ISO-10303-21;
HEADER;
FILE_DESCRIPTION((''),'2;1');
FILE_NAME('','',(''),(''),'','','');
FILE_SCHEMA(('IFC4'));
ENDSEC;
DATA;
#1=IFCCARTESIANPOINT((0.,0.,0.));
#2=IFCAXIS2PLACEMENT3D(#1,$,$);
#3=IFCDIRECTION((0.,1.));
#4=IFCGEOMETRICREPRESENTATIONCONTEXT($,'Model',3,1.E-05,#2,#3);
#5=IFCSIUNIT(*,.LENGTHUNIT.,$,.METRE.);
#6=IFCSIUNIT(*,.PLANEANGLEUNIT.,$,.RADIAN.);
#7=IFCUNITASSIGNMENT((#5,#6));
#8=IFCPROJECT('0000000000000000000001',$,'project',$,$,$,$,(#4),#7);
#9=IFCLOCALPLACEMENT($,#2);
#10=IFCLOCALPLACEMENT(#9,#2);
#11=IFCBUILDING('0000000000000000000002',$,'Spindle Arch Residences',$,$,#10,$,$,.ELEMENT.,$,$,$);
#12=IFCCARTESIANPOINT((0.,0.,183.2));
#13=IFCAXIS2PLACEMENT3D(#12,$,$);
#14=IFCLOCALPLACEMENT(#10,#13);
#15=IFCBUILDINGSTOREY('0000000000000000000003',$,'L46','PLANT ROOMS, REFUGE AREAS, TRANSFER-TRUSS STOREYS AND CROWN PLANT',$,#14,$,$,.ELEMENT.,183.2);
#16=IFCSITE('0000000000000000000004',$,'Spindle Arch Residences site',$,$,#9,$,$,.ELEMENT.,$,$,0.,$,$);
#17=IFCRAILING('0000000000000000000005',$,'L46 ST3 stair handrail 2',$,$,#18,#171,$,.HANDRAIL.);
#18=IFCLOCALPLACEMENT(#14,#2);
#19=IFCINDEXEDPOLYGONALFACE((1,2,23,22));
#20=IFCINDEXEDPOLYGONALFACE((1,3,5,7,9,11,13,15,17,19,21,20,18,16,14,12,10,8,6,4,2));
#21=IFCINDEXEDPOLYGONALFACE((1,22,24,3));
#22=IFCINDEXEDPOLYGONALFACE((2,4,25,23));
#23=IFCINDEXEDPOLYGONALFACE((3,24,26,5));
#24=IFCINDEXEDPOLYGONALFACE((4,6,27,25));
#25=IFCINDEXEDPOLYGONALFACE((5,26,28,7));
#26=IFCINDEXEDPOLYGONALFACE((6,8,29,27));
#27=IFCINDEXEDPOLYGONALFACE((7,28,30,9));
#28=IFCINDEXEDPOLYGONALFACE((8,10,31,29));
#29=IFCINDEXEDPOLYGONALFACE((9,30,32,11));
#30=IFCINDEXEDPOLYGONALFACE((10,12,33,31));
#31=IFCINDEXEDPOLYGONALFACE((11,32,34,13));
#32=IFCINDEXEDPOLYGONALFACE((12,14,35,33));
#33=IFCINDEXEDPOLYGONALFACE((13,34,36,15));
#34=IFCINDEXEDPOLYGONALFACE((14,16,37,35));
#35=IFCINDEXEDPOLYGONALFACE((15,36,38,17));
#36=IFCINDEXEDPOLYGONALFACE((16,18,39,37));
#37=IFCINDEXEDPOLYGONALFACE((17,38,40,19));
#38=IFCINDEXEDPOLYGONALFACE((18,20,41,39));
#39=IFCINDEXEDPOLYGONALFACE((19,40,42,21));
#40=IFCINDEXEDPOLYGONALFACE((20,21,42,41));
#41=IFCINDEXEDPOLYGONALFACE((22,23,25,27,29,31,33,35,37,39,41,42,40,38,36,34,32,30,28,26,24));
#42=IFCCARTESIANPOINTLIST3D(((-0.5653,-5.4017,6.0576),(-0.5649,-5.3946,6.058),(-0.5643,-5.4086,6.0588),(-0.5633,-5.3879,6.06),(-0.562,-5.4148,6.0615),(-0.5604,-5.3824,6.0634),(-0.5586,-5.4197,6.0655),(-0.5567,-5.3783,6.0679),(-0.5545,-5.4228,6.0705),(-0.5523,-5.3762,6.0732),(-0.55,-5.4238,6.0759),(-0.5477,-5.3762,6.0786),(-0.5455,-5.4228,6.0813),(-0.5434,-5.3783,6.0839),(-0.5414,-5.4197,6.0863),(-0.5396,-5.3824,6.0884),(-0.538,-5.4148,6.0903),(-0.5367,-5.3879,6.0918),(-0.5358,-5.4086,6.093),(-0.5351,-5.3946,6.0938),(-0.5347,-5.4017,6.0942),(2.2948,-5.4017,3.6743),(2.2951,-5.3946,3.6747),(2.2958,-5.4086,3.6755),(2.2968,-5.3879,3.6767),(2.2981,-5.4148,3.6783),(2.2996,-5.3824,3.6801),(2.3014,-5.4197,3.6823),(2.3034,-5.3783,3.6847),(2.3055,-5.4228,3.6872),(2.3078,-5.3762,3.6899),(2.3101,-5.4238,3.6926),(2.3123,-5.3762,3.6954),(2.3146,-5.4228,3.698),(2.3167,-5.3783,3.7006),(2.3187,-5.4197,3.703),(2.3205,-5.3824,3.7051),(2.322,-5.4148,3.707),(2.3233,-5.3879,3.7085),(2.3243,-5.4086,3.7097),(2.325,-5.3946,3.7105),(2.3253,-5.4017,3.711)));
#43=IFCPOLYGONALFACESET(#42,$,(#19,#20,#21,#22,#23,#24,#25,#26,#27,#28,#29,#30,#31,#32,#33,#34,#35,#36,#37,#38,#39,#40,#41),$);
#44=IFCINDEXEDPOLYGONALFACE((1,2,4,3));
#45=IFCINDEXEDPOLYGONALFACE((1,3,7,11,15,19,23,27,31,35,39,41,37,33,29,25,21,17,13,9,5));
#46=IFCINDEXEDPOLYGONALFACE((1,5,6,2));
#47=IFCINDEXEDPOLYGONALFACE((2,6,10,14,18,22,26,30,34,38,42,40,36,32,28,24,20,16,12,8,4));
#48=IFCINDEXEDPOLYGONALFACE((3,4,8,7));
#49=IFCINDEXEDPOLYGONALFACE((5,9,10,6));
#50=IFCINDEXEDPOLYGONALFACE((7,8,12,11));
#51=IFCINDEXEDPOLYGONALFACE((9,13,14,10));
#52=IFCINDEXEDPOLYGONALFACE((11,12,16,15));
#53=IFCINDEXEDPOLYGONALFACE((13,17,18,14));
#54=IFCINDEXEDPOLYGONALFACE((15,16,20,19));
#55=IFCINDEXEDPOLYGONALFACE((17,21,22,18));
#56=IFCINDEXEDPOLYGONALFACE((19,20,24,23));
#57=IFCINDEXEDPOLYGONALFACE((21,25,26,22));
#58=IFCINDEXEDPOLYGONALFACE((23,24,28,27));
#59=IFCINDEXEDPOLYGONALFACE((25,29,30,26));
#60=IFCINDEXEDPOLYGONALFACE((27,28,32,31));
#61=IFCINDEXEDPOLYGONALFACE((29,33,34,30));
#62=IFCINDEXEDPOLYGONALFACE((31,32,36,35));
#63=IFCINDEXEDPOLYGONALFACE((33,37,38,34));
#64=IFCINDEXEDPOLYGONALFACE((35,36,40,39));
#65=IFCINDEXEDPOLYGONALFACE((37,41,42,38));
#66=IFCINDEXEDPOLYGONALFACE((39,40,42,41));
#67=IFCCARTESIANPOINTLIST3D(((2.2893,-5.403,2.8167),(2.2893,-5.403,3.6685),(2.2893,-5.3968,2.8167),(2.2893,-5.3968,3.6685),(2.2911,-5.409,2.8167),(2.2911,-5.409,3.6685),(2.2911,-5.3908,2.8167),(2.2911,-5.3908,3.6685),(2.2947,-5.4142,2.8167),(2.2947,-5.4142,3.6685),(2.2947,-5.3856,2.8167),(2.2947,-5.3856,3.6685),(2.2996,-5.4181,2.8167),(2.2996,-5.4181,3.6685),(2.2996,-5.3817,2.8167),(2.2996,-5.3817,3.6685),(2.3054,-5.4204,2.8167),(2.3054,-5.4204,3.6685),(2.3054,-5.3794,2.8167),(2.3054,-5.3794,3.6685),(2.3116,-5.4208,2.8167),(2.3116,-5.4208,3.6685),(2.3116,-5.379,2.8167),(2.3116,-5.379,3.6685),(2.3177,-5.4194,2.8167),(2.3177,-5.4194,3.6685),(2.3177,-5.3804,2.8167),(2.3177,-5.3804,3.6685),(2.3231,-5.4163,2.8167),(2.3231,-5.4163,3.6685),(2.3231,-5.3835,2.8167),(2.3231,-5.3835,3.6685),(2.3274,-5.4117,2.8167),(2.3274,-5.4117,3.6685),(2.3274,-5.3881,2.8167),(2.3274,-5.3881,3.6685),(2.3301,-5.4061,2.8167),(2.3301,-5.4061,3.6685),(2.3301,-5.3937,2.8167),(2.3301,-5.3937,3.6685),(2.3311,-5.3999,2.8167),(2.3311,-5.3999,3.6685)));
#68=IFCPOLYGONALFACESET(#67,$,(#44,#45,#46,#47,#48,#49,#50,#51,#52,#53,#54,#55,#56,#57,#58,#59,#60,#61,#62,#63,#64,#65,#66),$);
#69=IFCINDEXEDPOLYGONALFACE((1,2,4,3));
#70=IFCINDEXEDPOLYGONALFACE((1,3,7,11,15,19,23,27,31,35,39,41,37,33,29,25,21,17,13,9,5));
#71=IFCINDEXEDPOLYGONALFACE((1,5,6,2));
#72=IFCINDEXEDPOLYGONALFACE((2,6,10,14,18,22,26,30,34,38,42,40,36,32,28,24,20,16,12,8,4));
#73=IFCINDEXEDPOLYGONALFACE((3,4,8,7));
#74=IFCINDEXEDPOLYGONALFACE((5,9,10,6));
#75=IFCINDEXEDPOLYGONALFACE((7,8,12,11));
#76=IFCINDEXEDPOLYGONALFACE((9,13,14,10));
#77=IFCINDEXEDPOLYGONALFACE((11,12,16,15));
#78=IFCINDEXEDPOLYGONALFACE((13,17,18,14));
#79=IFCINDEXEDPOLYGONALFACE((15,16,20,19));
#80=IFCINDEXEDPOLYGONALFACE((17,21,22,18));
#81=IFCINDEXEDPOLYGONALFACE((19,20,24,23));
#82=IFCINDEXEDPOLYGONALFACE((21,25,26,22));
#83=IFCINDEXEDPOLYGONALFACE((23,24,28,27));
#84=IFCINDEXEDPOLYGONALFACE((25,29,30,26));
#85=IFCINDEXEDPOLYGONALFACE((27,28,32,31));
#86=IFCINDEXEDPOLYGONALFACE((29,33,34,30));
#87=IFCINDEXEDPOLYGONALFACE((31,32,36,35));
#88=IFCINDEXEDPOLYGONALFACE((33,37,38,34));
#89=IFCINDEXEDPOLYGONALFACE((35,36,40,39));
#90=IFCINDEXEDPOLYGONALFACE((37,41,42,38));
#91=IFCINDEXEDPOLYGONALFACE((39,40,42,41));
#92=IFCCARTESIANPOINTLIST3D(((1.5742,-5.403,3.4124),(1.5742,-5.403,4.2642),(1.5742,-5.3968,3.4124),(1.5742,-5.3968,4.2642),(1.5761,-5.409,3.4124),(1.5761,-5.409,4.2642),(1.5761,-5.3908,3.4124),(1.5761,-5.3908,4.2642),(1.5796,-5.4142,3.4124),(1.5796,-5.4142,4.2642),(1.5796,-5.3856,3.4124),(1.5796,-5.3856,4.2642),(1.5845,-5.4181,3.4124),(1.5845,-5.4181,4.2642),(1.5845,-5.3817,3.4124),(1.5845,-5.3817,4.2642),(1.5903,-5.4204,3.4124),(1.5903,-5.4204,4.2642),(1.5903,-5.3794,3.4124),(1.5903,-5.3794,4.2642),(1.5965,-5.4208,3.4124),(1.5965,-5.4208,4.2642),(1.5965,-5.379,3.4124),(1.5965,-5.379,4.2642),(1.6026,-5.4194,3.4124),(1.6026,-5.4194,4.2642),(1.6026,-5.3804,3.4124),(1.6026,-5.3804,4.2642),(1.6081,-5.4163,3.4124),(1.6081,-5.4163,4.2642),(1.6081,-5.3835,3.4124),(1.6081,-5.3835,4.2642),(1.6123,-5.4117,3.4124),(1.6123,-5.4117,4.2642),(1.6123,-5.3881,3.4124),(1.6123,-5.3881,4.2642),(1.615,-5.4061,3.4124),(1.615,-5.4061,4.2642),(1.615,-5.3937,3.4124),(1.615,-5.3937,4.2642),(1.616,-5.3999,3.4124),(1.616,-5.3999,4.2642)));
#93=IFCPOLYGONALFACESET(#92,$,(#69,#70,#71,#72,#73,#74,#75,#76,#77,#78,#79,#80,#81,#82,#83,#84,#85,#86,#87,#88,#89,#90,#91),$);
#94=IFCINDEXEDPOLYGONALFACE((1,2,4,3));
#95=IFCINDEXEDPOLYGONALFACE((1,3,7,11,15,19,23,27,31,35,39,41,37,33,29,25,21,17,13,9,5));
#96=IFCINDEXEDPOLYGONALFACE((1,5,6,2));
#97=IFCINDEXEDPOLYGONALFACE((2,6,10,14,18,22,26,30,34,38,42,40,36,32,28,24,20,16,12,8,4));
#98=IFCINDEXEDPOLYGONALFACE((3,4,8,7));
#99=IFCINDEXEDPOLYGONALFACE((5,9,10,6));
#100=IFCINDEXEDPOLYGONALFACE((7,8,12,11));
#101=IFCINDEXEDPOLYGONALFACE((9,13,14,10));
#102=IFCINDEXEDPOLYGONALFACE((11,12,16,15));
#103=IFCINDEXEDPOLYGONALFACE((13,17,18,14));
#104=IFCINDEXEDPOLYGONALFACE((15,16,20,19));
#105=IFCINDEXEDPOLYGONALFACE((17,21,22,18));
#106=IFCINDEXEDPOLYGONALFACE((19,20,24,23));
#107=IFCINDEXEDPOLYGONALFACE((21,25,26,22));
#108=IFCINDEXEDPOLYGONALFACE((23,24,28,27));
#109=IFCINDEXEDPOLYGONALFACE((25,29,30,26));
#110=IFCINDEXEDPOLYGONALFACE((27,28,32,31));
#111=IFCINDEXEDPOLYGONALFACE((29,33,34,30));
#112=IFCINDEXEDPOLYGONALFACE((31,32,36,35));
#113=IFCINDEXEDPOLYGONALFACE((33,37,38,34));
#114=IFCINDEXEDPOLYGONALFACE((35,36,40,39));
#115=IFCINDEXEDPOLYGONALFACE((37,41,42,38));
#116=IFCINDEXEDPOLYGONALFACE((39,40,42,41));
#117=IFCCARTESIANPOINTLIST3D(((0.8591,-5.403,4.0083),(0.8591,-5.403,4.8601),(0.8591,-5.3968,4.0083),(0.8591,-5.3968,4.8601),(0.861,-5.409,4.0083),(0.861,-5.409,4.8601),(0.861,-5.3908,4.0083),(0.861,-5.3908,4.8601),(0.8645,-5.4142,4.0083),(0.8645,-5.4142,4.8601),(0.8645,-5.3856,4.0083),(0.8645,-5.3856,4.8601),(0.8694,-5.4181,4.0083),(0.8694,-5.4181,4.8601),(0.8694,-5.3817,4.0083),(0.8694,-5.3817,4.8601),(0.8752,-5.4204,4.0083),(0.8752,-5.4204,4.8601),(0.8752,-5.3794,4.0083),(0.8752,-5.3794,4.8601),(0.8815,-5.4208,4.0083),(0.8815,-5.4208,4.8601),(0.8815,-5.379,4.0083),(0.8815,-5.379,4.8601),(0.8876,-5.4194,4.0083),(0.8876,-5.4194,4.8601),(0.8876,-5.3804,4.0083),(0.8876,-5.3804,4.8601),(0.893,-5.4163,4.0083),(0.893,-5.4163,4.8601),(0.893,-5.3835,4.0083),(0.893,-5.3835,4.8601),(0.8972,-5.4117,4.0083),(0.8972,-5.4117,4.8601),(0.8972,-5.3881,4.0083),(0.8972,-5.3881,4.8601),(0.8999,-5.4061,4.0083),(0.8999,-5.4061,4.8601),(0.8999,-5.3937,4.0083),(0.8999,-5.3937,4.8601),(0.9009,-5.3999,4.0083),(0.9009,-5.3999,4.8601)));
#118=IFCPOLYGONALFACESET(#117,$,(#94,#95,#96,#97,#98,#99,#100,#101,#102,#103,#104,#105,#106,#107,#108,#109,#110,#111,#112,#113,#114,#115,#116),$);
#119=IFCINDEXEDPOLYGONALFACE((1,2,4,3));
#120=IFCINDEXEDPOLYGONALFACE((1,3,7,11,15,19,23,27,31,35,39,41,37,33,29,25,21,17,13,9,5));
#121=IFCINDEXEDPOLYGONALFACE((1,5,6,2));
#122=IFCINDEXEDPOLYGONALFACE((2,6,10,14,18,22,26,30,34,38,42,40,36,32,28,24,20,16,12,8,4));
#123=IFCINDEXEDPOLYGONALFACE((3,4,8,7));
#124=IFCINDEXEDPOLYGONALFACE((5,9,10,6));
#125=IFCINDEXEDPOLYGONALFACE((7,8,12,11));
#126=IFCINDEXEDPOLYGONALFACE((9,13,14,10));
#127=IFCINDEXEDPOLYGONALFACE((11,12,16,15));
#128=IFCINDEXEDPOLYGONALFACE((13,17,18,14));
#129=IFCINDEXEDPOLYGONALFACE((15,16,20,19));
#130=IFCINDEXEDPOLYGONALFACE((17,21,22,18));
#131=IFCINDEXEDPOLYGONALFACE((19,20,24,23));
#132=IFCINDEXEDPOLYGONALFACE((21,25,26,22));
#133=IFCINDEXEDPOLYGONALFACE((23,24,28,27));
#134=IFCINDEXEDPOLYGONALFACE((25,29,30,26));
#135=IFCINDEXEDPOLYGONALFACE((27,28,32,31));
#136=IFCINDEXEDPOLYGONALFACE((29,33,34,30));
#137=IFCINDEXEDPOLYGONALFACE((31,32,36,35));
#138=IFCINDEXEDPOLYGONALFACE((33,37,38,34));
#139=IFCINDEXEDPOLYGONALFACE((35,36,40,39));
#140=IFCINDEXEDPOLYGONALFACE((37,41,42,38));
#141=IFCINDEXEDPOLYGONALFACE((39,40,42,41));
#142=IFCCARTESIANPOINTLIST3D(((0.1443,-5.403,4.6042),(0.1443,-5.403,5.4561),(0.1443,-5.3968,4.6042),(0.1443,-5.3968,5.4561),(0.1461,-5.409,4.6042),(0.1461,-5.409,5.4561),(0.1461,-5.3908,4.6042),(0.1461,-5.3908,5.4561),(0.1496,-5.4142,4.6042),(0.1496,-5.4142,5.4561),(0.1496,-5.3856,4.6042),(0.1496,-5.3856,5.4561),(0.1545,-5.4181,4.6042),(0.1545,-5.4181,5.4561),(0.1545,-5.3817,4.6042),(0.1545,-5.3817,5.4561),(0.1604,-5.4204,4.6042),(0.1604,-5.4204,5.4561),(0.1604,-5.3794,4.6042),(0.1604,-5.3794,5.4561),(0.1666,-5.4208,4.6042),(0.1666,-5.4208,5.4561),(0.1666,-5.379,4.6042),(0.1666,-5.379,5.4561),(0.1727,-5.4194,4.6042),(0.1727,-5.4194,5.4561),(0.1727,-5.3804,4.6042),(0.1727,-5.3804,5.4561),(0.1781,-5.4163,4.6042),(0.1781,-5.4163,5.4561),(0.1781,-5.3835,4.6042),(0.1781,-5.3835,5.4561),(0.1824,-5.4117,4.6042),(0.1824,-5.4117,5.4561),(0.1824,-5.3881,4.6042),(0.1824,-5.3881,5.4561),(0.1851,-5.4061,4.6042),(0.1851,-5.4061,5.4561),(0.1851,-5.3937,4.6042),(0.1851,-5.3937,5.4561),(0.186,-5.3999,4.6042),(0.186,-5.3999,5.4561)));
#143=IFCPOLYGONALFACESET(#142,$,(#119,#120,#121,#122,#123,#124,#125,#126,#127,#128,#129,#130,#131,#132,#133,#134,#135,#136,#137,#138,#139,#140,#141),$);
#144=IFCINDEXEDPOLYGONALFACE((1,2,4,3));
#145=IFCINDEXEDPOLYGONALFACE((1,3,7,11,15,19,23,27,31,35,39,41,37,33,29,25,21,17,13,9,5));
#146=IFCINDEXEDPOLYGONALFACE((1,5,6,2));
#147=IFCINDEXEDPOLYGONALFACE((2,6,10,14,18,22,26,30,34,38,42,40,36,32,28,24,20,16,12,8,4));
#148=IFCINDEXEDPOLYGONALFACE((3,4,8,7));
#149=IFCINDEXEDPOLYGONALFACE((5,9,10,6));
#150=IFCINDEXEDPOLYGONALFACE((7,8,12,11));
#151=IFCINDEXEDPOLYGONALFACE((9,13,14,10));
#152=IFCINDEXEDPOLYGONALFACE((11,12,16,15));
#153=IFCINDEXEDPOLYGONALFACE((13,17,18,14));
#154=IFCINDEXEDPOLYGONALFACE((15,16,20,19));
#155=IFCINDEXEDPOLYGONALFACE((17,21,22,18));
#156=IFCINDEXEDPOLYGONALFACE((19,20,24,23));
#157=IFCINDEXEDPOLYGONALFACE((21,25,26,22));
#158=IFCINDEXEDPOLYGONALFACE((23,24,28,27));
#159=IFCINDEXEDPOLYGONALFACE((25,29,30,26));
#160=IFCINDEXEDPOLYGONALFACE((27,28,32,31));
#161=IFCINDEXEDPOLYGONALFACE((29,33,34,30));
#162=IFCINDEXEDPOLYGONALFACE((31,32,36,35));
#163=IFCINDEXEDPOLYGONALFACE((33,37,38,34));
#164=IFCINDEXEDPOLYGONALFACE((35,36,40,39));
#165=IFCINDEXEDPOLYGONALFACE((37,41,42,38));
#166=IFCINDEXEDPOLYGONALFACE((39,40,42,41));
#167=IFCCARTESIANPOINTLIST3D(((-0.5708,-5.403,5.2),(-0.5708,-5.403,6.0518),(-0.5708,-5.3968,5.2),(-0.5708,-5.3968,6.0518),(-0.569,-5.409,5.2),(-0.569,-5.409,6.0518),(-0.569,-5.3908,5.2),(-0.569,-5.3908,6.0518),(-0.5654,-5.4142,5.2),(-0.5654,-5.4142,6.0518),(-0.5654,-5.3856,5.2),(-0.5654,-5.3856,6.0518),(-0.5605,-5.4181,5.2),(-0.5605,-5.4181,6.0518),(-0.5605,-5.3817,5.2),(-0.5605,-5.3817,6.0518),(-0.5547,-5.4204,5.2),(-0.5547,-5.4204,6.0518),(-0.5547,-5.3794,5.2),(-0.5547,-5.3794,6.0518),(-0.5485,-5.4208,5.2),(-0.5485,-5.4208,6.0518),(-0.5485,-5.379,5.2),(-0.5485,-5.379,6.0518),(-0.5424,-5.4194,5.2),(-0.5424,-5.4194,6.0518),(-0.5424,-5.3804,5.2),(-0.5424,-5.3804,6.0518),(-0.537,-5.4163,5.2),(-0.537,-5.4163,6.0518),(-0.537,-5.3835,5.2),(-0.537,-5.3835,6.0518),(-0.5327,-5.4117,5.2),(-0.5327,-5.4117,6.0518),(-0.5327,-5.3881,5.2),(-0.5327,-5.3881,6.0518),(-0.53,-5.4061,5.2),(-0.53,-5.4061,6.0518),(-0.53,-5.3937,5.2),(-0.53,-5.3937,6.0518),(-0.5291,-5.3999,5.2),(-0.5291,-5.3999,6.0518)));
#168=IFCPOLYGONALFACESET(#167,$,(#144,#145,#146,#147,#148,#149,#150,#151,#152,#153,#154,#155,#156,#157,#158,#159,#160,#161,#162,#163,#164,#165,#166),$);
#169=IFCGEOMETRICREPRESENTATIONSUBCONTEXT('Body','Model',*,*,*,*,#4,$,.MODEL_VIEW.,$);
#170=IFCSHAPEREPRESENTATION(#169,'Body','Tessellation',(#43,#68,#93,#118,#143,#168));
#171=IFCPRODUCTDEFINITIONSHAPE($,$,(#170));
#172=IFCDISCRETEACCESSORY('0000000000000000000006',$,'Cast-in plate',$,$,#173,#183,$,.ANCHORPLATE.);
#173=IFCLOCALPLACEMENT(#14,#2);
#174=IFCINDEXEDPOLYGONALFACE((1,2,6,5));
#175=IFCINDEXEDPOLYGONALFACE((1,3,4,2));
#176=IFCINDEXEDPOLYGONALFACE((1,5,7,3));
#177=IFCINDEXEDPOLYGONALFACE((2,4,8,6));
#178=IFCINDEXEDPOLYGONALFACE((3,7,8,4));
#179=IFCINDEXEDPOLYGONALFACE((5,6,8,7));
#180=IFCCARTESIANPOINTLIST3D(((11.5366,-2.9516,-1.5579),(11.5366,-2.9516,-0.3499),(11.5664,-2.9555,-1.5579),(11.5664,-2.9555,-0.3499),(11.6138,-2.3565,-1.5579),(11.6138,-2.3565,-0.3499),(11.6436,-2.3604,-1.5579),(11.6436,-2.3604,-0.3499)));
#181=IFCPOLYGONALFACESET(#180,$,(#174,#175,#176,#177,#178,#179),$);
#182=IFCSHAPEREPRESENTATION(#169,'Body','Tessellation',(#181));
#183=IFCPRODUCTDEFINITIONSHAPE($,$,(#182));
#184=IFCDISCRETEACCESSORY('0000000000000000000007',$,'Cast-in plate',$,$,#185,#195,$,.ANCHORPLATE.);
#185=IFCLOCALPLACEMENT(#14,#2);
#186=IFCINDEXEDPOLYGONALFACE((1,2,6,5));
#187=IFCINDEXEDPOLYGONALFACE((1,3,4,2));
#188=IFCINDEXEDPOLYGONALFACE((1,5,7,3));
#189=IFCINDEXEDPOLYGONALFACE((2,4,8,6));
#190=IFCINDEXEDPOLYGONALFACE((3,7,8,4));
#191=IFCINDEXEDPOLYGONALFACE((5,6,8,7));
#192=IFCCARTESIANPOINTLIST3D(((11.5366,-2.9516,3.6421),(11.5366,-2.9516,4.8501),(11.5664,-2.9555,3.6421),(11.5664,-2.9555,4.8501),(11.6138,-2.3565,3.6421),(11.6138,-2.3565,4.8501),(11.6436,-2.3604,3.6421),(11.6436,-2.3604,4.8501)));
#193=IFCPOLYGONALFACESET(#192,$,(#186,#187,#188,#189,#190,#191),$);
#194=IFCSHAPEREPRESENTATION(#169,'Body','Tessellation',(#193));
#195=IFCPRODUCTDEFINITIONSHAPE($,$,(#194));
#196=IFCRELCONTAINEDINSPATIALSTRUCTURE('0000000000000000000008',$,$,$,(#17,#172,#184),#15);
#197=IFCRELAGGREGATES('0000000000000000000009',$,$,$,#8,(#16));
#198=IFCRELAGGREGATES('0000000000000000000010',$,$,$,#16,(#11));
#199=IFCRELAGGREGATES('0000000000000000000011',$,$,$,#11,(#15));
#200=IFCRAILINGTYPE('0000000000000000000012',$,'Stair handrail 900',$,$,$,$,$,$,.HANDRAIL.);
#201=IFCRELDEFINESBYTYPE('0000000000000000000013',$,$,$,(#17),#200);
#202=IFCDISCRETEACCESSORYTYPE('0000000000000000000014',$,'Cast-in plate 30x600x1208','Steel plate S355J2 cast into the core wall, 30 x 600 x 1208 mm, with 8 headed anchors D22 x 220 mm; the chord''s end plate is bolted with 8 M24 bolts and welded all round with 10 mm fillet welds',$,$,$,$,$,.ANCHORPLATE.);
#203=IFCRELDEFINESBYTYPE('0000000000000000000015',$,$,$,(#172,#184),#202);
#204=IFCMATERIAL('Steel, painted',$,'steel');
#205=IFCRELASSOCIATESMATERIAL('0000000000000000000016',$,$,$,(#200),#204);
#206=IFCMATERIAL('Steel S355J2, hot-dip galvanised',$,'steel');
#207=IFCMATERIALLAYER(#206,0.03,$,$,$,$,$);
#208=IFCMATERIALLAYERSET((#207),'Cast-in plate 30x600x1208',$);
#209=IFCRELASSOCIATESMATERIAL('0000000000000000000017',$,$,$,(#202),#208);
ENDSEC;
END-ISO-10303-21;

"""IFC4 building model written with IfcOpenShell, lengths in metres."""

from ifc_helpers import new_model, si_unit, direction, frame, origin, origin_2d, place, context, subcontext, project, spatial, rectangle, circle, extrude, material, layer, layer_set, type_object, element, save


model = new_model("IFC4")

# Units and contexts
model_context = context("Model", 3, precision=1e-05, world=origin(), true_north=direction((0.0, 1.0)))
body_context = subcontext(model_context, "Body", "Model", "MODEL_VIEW")
ifc_project = project(units=[si_unit("LENGTHUNIT", "METRE"), si_unit("PLANEANGLEUNIT", "RADIAN")], contexts=[model_context])

# Site, building, storey
site_placement = place(None, origin())
site = spatial("IfcSite", under=ifc_project, at=site_placement, Name="Spindle Arch Residences site", CompositionType="ELEMENT", RefElevation=0.0)
building_placement = place(site_placement, origin())
building = spatial("IfcBuilding", under=site, at=building_placement, Name="Spindle Arch Residences", CompositionType="ELEMENT")
storey_placement = place(building_placement, frame((0.0, 0.0, 183.2)))
storey = spatial("IfcBuildingStorey", under=building, at=storey_placement, Name="L46", Description="PLANT ROOMS, REFUGE AREAS, TRANSFER-TRUSS STOREYS AND CROWN PLANT", CompositionType="ELEMENT", Elevation=183.2)

# Railing
ifc_material_1 = material(Name="Steel, painted", Category="steel")
railing_type_1 = type_object("IfcRailingType", Name="Stair handrail 900", PredefinedType="HANDRAIL", material=ifc_material_1)
railing_1_placement = place(storey_placement, frame((2.3101, -5.3999, 2.8167)))
element("IfcRailing", 1, at=railing_1_placement, inside=storey, type_object=railing_type_1, Name="L46 ST3 stair handrail 2", PredefinedType="HANDRAIL", context=body_context, shape_type="SweptSolid", body=[
    extrude(circle(Radius=0.0239, at=origin_2d()), frame((0.0, 0.0, 0.876), z_axis=(-0.768237, 0.0, 0.640165), x_axis=(0.0, -1.0, 0.0)), (0.0, 0.0, 1.0), 3.7229),
    extrude(circle(Radius=0.021, at=origin_2d()), origin(), (0.0, 0.0, 1.0), 0.8518),
    extrude(circle(Radius=0.021, at=origin_2d()), frame((-0.7151, 0.0, 0.5957)), (0.0, 0.0, 1.0), 0.8518),
    extrude(circle(Radius=0.021, at=origin_2d()), frame((-1.4302, 0.0, 1.1917)), (0.0, 0.0, 1.0), 0.8518),
    extrude(circle(Radius=0.021, at=origin_2d()), frame((-2.145, 0.0, 1.7876)), (0.0, 0.0, 1.0), 0.8518),
    extrude(circle(Radius=0.021, at=origin_2d()), frame((-2.8601, 0.0, 2.3833)), (0.0, 0.0, 1.0), 0.8518),
])

# Discrete accessories
ifc_material_2 = material(Name="Steel S355J2, hot-dip galvanised", Category="steel")
ifc_layer_1 = layer(ifc_material_2, 0.03)
ifc_layer_set_1 = layer_set([ifc_layer_1], Name="Cast-in plate 30x600x1208")
discrete_accessory_type = type_object("IfcDiscreteAccessoryType", Name="Cast-in plate 30x600x1208", Description="Steel plate S355J2 cast into the core wall, 30 x 600 x 1208 mm, with 8 headed anchors D22 x 220 mm; the chord's end plate is bolted with 8 M24 bolts and welded all round with 10 mm fillet welds", PredefinedType="ANCHORPLATE", material=ifc_layer_set_1)
for number, where, z_axis, x_axis, name in (
    (2, (11.5901, -2.656, -1.5579), (0.0, 0.0, 1.0), (0.991696, -0.128607, 0.0), "Cast-in plate"),
    (3, (11.5901, -2.656, 3.6421), (0.0, 0.0, 1.0), (0.991696, -0.128607, 0.0), "Cast-in plate"),
):
    element("IfcDiscreteAccessory", number, at=place(storey_placement, frame(where, z_axis=z_axis, x_axis=x_axis)), inside=storey, type_object=discrete_accessory_type, Name=name, PredefinedType="ANCHORPLATE", context=body_context, shape_type="SweptSolid", body=[
        extrude(rectangle(XDim=0.03, YDim=0.6001, at=origin_2d()), origin(), (0.0, 0.0, 1.0), 1.208),
    ])

save(model, "model.ifc")
